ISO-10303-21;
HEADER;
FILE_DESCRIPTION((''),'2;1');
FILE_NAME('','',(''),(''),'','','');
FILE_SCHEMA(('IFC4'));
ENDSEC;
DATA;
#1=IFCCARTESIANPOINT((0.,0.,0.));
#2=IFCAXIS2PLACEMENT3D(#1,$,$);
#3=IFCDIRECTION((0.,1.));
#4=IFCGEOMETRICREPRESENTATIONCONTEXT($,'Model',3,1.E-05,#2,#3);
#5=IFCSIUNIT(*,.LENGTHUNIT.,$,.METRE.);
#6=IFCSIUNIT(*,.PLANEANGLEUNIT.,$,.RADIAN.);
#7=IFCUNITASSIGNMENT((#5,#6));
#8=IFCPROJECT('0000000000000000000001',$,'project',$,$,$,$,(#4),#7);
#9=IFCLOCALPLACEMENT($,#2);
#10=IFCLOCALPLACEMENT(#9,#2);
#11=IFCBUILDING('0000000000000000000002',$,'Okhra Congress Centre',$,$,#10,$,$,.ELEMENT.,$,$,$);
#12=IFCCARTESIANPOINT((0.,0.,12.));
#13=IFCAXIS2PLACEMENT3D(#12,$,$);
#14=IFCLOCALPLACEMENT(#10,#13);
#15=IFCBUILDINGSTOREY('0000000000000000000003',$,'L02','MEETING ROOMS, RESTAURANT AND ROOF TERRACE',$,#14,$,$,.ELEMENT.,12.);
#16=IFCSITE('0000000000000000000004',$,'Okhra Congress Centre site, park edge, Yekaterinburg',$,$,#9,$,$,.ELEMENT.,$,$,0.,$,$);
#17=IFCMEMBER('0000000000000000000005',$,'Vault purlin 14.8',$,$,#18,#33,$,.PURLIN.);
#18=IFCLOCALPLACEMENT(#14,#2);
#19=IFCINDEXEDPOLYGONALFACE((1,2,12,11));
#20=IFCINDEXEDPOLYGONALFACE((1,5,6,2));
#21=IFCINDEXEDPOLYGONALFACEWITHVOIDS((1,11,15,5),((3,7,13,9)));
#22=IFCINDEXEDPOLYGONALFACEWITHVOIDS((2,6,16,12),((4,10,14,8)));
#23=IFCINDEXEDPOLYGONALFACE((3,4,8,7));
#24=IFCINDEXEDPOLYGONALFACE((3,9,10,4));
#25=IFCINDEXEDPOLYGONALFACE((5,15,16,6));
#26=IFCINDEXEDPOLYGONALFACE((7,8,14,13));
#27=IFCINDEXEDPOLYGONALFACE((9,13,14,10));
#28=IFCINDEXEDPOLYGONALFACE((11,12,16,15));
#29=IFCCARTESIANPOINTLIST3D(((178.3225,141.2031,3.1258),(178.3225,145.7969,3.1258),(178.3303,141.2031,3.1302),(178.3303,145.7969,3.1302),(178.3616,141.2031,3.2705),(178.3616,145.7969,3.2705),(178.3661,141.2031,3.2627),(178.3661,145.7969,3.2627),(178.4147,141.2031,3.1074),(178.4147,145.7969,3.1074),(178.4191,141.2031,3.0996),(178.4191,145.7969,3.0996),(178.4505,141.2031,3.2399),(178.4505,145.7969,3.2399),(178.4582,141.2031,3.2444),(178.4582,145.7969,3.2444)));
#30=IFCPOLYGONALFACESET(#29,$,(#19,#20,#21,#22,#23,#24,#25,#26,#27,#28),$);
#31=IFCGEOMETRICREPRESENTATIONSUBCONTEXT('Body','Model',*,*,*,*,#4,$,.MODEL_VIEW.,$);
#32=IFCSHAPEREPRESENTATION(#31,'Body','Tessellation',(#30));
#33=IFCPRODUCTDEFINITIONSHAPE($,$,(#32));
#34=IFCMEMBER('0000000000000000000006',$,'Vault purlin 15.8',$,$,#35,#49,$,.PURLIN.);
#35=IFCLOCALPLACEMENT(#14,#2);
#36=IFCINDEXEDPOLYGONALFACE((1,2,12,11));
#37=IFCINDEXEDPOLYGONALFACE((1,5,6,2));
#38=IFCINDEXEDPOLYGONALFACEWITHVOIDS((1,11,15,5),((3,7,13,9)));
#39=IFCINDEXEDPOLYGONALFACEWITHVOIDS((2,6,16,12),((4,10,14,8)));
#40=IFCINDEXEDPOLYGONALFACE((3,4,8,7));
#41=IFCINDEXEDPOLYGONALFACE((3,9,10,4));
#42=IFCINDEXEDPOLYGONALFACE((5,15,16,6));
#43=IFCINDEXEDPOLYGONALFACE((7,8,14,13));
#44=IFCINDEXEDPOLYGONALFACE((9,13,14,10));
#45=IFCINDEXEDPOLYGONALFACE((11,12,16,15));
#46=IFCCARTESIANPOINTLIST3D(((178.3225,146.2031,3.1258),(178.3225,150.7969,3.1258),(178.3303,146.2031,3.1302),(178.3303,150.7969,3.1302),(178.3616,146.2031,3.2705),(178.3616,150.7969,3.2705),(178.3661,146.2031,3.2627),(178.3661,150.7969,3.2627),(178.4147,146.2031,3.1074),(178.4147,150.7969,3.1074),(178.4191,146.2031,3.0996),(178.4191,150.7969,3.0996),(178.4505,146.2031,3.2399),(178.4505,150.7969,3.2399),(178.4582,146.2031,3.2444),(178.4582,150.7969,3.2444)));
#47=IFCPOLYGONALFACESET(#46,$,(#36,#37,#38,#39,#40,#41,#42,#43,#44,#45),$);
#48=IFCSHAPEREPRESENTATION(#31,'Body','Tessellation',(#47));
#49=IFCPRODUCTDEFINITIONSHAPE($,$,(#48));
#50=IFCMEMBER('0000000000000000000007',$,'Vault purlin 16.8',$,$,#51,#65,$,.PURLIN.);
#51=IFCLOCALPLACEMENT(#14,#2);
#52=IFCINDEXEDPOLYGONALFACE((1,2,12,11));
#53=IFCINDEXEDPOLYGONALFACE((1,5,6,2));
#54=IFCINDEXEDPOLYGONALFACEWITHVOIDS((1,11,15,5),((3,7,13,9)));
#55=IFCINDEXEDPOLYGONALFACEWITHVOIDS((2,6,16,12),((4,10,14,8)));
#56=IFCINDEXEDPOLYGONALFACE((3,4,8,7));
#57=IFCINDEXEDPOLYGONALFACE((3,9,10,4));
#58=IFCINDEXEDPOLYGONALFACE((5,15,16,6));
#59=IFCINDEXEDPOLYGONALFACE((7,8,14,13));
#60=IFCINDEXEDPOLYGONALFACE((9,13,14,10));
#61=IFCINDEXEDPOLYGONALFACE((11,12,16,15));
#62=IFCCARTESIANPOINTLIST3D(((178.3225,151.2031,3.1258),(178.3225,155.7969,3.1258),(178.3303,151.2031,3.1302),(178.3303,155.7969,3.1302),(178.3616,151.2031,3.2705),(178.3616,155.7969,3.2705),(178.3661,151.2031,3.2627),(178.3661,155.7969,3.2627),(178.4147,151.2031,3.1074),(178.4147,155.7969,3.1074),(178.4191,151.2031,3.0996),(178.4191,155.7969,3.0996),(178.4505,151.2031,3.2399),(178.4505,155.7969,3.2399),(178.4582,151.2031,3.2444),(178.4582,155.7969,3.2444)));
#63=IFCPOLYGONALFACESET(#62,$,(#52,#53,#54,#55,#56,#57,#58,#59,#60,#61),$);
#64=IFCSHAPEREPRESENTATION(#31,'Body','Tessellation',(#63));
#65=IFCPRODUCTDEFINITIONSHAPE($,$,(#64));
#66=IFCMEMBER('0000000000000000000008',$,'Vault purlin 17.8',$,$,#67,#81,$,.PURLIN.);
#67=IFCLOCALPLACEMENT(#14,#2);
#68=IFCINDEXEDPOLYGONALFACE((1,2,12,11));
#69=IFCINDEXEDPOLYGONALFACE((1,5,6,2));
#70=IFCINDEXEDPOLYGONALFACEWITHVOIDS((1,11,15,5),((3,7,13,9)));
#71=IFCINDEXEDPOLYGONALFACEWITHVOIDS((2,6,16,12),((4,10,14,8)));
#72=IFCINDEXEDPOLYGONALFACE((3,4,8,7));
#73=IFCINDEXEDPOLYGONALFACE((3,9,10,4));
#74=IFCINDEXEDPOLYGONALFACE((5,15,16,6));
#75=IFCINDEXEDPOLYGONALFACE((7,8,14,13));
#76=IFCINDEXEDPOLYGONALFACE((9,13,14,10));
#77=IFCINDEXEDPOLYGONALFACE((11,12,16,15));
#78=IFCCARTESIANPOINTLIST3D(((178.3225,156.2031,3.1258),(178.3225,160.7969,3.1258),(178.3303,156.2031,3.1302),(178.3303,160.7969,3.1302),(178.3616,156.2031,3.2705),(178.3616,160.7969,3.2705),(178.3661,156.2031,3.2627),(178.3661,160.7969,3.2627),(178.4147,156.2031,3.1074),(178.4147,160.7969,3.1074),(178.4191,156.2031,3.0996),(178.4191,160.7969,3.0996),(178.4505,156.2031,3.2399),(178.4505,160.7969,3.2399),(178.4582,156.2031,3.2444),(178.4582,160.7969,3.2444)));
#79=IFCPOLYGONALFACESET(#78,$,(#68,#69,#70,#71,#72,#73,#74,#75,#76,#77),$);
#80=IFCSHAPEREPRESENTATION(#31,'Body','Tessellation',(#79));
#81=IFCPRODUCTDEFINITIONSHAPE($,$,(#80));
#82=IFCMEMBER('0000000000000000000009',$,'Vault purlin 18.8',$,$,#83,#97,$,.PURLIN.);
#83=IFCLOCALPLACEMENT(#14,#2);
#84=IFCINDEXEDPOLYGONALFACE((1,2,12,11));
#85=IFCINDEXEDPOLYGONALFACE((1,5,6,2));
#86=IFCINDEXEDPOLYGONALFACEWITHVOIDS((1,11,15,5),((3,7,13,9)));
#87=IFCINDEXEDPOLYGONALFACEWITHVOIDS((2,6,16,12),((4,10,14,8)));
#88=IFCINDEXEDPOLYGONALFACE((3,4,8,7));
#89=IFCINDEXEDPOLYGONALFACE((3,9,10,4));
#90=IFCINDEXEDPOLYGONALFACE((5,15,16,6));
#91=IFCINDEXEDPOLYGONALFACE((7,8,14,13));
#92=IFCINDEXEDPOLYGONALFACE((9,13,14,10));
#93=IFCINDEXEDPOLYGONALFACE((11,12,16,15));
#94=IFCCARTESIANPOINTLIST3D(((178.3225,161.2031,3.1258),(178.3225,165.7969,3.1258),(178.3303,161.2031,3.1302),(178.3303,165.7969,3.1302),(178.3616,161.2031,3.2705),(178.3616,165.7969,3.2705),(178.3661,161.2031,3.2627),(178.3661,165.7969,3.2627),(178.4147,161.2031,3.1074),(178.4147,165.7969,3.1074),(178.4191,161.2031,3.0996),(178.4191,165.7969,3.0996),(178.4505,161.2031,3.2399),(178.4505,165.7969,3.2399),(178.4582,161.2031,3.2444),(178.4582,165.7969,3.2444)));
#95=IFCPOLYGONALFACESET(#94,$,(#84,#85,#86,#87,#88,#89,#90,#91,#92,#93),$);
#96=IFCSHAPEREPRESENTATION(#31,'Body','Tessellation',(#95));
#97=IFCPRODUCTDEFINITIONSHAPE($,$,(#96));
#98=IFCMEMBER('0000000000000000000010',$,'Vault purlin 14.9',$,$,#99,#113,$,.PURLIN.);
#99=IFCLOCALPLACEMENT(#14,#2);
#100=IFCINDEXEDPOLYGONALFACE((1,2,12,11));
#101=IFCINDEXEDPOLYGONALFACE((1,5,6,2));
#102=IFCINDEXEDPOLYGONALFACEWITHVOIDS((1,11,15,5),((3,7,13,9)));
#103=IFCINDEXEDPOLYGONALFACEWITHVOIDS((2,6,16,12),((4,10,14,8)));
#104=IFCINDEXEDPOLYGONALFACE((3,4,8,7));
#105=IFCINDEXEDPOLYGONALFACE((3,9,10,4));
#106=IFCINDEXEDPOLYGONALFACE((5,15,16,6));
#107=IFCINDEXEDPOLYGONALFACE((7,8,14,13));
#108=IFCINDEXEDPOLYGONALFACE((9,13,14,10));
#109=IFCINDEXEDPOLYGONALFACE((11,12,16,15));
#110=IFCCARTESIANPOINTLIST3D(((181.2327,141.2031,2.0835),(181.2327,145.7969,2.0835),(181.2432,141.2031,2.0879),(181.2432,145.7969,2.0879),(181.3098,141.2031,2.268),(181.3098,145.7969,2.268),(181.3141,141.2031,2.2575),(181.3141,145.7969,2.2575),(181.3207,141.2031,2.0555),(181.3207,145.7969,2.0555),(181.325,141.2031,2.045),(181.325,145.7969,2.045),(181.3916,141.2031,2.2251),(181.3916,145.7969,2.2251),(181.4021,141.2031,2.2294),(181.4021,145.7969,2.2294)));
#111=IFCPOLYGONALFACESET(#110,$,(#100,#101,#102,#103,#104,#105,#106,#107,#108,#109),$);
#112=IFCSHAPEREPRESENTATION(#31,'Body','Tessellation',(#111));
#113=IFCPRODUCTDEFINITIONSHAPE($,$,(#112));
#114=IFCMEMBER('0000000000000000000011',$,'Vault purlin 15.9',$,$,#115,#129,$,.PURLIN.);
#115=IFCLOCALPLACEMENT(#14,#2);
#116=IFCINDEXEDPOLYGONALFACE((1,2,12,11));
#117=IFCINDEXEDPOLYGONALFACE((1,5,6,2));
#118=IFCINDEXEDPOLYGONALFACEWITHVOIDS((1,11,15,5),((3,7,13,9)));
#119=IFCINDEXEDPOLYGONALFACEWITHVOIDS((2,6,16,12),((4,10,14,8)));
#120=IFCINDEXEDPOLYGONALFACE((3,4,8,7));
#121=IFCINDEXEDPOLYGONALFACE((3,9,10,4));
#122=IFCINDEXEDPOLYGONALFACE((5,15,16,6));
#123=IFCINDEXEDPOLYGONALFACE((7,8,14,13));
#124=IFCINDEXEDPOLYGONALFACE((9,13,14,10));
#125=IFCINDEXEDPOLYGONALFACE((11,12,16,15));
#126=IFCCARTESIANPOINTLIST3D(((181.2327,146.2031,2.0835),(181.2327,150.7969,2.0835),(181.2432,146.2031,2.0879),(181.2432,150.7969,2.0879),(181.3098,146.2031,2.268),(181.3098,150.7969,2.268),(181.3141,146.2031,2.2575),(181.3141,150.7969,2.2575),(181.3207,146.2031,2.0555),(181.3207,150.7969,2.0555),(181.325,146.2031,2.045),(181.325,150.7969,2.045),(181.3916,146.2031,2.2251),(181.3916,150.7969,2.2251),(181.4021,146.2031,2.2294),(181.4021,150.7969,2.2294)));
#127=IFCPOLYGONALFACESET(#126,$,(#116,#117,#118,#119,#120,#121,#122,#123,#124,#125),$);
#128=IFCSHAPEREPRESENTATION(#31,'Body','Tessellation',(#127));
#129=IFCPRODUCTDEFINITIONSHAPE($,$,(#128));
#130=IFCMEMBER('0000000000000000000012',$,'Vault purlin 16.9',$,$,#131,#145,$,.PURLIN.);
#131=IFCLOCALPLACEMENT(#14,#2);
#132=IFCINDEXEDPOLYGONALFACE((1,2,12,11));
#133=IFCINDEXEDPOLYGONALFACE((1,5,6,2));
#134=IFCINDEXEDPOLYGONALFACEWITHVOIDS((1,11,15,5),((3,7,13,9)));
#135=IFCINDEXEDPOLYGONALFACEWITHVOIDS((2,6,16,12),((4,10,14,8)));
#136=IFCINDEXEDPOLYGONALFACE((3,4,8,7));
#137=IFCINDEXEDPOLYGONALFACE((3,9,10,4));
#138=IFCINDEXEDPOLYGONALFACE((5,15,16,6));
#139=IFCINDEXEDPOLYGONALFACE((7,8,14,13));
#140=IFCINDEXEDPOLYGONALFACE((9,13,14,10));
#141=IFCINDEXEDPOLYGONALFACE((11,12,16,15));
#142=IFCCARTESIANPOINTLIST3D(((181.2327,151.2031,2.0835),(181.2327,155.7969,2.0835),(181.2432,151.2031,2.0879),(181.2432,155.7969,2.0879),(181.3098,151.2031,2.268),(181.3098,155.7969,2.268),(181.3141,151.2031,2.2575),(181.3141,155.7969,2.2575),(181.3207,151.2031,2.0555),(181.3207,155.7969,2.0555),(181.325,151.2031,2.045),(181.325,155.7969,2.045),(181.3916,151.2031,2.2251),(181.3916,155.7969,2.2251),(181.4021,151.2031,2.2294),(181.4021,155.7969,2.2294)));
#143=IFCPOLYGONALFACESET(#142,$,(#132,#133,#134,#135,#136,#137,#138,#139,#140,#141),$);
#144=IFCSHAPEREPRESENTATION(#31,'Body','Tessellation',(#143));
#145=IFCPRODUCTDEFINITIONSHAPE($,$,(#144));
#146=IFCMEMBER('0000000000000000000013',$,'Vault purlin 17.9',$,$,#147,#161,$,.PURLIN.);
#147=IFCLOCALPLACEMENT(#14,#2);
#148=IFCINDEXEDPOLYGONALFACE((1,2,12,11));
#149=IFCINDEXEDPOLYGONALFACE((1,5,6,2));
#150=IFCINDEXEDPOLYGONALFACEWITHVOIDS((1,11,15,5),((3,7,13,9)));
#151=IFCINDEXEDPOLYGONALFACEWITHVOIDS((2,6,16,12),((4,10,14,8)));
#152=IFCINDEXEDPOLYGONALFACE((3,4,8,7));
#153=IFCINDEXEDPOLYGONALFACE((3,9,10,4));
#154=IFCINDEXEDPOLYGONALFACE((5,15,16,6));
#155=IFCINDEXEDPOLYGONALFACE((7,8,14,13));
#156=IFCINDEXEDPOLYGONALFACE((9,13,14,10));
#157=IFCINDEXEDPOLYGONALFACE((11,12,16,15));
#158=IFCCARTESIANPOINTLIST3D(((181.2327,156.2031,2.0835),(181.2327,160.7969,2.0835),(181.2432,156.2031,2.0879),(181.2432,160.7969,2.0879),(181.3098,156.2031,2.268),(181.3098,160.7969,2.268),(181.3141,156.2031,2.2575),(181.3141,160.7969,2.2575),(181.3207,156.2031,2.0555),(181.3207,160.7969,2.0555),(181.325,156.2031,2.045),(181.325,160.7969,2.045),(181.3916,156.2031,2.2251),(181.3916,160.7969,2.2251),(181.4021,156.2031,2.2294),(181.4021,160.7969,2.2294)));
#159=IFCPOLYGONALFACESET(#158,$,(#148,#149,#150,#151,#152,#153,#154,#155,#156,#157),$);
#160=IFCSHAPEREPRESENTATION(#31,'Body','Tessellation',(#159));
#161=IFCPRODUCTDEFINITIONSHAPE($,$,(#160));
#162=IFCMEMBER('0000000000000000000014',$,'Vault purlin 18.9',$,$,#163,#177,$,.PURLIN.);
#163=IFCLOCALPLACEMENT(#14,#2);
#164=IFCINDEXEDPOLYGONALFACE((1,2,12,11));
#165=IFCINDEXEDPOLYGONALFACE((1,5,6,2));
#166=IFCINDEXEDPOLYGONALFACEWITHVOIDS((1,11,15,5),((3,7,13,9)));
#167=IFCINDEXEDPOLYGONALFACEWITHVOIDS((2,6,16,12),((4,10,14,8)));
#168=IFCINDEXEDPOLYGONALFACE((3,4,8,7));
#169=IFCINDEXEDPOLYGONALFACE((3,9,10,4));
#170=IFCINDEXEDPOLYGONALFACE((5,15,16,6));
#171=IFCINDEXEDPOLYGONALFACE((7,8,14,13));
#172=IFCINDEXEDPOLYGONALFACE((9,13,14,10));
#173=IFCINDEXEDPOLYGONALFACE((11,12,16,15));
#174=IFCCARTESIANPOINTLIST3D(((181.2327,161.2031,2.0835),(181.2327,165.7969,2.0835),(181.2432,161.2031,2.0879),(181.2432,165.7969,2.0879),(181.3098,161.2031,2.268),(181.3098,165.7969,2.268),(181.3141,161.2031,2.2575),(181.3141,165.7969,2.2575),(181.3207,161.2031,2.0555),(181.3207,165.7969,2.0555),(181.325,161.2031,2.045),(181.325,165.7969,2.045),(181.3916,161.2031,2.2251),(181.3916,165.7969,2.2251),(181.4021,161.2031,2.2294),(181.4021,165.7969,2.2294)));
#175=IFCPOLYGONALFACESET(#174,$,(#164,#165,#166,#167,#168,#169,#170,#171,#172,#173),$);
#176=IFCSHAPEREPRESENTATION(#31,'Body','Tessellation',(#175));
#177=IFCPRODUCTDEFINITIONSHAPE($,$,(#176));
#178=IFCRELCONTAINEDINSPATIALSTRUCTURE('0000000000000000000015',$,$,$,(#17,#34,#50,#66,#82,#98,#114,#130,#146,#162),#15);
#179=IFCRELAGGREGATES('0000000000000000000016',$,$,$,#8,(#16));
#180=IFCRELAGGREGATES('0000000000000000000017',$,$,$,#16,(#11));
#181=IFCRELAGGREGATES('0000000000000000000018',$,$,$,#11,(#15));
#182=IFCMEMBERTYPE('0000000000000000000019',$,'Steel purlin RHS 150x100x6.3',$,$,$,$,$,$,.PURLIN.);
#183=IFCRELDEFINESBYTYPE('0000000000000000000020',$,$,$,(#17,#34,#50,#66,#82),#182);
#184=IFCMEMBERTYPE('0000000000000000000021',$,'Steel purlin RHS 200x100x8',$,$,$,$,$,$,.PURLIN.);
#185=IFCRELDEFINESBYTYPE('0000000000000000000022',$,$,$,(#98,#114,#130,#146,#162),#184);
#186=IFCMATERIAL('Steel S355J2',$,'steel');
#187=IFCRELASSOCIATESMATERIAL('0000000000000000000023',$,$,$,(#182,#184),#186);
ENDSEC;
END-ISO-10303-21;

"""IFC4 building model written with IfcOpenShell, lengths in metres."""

from ifc_helpers import new_model, si_unit, direction, frame, origin, origin_2d, place, context, subcontext, project, spatial, hollow_rectangle, extrude, material, material_profile, profile_set, type_object, element, save


model = new_model("IFC4")

# Units and contexts
model_context = context("Model", 3, precision=1e-05, world=origin(), true_north=direction((0.0, 1.0)))
body_context = subcontext(model_context, "Body", "Model", "MODEL_VIEW")
ifc_project = project(units=[si_unit("LENGTHUNIT", "METRE"), si_unit("PLANEANGLEUNIT", "RADIAN")], contexts=[model_context])

# Site, building, storey
site_placement = place(None, origin())
site = spatial("IfcSite", under=ifc_project, at=site_placement, Name="Okhra Congress Centre site, park edge, Yekaterinburg", CompositionType="ELEMENT", RefElevation=0.0)
building_placement = place(site_placement, origin())
building = spatial("IfcBuilding", under=site, at=building_placement, Name="Okhra Congress Centre", CompositionType="ELEMENT")
storey_placement = place(building_placement, frame((0.0, 0.0, 12.0)))
storey = spatial("IfcBuildingStorey", under=building, at=storey_placement, Name="L02", Description="MEETING ROOMS, RESTAURANT AND ROOF TERRACE", CompositionType="ELEMENT", Elevation=12.0)

# Members
ifc_material_1 = material(Name="Steel S355J2", Category="steel")
ifc_material_profile_1 = material_profile(ifc_material_1, hollow_rectangle(XDim=0.1001, YDim=0.1499, WallThickness=0.0063, at=origin_2d()), Name="RHS 150x100x6.3")
ifc_profile_set_1 = profile_set([ifc_material_profile_1], Name="Steel S355J2")
member_type_1 = type_object("IfcMemberType", Name="Steel purlin RHS 150x100x6.3", PredefinedType="PURLIN", material=ifc_profile_set_1)
for number, where, z_axis, x_axis, name in (
    (1, (178.3904, 141.2031, 3.1851), (0.0, 1.0, 0.0), (-0.96538, 0.0, 0.260848), "Vault purlin 14.8"),
    (2, (178.3904, 146.2031, 3.1851), (0.0, 1.0, 0.0), (-0.96538, 0.0, 0.260848), "Vault purlin 15.8"),
    (3, (178.3904, 151.2031, 3.1851), (0.0, 1.0, 0.0), (-0.96538, 0.0, 0.260848), "Vault purlin 16.8"),
    (4, (178.3904, 156.2031, 3.1851), (0.0, 1.0, 0.0), (-0.96538, 0.0, 0.260848), "Vault purlin 17.8"),
    (5, (178.3904, 161.2031, 3.1851), (0.0, 1.0, 0.0), (-0.96538, 0.0, 0.260848), "Vault purlin 18.8"),
):
    element("IfcMember", number, at=place(storey_placement, frame(where, z_axis=z_axis, x_axis=x_axis)), inside=storey, type_object=member_type_1, Name=name, PredefinedType="PURLIN", context=body_context, shape_type="SweptSolid", body=[
        extrude(hollow_rectangle(XDim=0.1001, YDim=0.1499, WallThickness=0.0063, at=origin_2d()), origin(), (0.0, 0.0, 1.0), 4.5938),
    ])
ifc_material_profile_2 = material_profile(ifc_material_1, hollow_rectangle(XDim=0.1001, YDim=0.2, WallThickness=0.0081, at=origin_2d()), Name="RHS 200x100x8")
ifc_profile_set_2 = profile_set([ifc_material_profile_2], Name="Steel S355J2")
member_type_2 = type_object("IfcMemberType", Name="Steel purlin RHS 200x100x8", PredefinedType="PURLIN", material=ifc_profile_set_2)
for number, where, z_axis, x_axis, name in (
    (6, (181.3174, 141.2031, 2.1565), (0.0, 1.0, 0.0), (-0.922669, 0.0, 0.385593), "Vault purlin 14.9"),
    (7, (181.3174, 146.2031, 2.1565), (0.0, 1.0, 0.0), (-0.922669, 0.0, 0.385593), "Vault purlin 15.9"),
    (8, (181.3174, 151.2031, 2.1565), (0.0, 1.0, 0.0), (-0.922669, 0.0, 0.385593), "Vault purlin 16.9"),
    (9, (181.3174, 156.2031, 2.1565), (0.0, 1.0, 0.0), (-0.922669, 0.0, 0.385593), "Vault purlin 17.9"),
    (10, (181.3174, 161.2031, 2.1565), (0.0, 1.0, 0.0), (-0.922669, 0.0, 0.385593), "Vault purlin 18.9"),
):
    element("IfcMember", number, at=place(storey_placement, frame(where, z_axis=z_axis, x_axis=x_axis)), inside=storey, type_object=member_type_2, Name=name, PredefinedType="PURLIN", context=body_context, shape_type="SweptSolid", body=[
        extrude(hollow_rectangle(XDim=0.1001, YDim=0.2, WallThickness=0.0081, at=origin_2d()), origin(), (0.0, 0.0, 1.0), 4.5938),
    ])

save(model, "model.ifc")
